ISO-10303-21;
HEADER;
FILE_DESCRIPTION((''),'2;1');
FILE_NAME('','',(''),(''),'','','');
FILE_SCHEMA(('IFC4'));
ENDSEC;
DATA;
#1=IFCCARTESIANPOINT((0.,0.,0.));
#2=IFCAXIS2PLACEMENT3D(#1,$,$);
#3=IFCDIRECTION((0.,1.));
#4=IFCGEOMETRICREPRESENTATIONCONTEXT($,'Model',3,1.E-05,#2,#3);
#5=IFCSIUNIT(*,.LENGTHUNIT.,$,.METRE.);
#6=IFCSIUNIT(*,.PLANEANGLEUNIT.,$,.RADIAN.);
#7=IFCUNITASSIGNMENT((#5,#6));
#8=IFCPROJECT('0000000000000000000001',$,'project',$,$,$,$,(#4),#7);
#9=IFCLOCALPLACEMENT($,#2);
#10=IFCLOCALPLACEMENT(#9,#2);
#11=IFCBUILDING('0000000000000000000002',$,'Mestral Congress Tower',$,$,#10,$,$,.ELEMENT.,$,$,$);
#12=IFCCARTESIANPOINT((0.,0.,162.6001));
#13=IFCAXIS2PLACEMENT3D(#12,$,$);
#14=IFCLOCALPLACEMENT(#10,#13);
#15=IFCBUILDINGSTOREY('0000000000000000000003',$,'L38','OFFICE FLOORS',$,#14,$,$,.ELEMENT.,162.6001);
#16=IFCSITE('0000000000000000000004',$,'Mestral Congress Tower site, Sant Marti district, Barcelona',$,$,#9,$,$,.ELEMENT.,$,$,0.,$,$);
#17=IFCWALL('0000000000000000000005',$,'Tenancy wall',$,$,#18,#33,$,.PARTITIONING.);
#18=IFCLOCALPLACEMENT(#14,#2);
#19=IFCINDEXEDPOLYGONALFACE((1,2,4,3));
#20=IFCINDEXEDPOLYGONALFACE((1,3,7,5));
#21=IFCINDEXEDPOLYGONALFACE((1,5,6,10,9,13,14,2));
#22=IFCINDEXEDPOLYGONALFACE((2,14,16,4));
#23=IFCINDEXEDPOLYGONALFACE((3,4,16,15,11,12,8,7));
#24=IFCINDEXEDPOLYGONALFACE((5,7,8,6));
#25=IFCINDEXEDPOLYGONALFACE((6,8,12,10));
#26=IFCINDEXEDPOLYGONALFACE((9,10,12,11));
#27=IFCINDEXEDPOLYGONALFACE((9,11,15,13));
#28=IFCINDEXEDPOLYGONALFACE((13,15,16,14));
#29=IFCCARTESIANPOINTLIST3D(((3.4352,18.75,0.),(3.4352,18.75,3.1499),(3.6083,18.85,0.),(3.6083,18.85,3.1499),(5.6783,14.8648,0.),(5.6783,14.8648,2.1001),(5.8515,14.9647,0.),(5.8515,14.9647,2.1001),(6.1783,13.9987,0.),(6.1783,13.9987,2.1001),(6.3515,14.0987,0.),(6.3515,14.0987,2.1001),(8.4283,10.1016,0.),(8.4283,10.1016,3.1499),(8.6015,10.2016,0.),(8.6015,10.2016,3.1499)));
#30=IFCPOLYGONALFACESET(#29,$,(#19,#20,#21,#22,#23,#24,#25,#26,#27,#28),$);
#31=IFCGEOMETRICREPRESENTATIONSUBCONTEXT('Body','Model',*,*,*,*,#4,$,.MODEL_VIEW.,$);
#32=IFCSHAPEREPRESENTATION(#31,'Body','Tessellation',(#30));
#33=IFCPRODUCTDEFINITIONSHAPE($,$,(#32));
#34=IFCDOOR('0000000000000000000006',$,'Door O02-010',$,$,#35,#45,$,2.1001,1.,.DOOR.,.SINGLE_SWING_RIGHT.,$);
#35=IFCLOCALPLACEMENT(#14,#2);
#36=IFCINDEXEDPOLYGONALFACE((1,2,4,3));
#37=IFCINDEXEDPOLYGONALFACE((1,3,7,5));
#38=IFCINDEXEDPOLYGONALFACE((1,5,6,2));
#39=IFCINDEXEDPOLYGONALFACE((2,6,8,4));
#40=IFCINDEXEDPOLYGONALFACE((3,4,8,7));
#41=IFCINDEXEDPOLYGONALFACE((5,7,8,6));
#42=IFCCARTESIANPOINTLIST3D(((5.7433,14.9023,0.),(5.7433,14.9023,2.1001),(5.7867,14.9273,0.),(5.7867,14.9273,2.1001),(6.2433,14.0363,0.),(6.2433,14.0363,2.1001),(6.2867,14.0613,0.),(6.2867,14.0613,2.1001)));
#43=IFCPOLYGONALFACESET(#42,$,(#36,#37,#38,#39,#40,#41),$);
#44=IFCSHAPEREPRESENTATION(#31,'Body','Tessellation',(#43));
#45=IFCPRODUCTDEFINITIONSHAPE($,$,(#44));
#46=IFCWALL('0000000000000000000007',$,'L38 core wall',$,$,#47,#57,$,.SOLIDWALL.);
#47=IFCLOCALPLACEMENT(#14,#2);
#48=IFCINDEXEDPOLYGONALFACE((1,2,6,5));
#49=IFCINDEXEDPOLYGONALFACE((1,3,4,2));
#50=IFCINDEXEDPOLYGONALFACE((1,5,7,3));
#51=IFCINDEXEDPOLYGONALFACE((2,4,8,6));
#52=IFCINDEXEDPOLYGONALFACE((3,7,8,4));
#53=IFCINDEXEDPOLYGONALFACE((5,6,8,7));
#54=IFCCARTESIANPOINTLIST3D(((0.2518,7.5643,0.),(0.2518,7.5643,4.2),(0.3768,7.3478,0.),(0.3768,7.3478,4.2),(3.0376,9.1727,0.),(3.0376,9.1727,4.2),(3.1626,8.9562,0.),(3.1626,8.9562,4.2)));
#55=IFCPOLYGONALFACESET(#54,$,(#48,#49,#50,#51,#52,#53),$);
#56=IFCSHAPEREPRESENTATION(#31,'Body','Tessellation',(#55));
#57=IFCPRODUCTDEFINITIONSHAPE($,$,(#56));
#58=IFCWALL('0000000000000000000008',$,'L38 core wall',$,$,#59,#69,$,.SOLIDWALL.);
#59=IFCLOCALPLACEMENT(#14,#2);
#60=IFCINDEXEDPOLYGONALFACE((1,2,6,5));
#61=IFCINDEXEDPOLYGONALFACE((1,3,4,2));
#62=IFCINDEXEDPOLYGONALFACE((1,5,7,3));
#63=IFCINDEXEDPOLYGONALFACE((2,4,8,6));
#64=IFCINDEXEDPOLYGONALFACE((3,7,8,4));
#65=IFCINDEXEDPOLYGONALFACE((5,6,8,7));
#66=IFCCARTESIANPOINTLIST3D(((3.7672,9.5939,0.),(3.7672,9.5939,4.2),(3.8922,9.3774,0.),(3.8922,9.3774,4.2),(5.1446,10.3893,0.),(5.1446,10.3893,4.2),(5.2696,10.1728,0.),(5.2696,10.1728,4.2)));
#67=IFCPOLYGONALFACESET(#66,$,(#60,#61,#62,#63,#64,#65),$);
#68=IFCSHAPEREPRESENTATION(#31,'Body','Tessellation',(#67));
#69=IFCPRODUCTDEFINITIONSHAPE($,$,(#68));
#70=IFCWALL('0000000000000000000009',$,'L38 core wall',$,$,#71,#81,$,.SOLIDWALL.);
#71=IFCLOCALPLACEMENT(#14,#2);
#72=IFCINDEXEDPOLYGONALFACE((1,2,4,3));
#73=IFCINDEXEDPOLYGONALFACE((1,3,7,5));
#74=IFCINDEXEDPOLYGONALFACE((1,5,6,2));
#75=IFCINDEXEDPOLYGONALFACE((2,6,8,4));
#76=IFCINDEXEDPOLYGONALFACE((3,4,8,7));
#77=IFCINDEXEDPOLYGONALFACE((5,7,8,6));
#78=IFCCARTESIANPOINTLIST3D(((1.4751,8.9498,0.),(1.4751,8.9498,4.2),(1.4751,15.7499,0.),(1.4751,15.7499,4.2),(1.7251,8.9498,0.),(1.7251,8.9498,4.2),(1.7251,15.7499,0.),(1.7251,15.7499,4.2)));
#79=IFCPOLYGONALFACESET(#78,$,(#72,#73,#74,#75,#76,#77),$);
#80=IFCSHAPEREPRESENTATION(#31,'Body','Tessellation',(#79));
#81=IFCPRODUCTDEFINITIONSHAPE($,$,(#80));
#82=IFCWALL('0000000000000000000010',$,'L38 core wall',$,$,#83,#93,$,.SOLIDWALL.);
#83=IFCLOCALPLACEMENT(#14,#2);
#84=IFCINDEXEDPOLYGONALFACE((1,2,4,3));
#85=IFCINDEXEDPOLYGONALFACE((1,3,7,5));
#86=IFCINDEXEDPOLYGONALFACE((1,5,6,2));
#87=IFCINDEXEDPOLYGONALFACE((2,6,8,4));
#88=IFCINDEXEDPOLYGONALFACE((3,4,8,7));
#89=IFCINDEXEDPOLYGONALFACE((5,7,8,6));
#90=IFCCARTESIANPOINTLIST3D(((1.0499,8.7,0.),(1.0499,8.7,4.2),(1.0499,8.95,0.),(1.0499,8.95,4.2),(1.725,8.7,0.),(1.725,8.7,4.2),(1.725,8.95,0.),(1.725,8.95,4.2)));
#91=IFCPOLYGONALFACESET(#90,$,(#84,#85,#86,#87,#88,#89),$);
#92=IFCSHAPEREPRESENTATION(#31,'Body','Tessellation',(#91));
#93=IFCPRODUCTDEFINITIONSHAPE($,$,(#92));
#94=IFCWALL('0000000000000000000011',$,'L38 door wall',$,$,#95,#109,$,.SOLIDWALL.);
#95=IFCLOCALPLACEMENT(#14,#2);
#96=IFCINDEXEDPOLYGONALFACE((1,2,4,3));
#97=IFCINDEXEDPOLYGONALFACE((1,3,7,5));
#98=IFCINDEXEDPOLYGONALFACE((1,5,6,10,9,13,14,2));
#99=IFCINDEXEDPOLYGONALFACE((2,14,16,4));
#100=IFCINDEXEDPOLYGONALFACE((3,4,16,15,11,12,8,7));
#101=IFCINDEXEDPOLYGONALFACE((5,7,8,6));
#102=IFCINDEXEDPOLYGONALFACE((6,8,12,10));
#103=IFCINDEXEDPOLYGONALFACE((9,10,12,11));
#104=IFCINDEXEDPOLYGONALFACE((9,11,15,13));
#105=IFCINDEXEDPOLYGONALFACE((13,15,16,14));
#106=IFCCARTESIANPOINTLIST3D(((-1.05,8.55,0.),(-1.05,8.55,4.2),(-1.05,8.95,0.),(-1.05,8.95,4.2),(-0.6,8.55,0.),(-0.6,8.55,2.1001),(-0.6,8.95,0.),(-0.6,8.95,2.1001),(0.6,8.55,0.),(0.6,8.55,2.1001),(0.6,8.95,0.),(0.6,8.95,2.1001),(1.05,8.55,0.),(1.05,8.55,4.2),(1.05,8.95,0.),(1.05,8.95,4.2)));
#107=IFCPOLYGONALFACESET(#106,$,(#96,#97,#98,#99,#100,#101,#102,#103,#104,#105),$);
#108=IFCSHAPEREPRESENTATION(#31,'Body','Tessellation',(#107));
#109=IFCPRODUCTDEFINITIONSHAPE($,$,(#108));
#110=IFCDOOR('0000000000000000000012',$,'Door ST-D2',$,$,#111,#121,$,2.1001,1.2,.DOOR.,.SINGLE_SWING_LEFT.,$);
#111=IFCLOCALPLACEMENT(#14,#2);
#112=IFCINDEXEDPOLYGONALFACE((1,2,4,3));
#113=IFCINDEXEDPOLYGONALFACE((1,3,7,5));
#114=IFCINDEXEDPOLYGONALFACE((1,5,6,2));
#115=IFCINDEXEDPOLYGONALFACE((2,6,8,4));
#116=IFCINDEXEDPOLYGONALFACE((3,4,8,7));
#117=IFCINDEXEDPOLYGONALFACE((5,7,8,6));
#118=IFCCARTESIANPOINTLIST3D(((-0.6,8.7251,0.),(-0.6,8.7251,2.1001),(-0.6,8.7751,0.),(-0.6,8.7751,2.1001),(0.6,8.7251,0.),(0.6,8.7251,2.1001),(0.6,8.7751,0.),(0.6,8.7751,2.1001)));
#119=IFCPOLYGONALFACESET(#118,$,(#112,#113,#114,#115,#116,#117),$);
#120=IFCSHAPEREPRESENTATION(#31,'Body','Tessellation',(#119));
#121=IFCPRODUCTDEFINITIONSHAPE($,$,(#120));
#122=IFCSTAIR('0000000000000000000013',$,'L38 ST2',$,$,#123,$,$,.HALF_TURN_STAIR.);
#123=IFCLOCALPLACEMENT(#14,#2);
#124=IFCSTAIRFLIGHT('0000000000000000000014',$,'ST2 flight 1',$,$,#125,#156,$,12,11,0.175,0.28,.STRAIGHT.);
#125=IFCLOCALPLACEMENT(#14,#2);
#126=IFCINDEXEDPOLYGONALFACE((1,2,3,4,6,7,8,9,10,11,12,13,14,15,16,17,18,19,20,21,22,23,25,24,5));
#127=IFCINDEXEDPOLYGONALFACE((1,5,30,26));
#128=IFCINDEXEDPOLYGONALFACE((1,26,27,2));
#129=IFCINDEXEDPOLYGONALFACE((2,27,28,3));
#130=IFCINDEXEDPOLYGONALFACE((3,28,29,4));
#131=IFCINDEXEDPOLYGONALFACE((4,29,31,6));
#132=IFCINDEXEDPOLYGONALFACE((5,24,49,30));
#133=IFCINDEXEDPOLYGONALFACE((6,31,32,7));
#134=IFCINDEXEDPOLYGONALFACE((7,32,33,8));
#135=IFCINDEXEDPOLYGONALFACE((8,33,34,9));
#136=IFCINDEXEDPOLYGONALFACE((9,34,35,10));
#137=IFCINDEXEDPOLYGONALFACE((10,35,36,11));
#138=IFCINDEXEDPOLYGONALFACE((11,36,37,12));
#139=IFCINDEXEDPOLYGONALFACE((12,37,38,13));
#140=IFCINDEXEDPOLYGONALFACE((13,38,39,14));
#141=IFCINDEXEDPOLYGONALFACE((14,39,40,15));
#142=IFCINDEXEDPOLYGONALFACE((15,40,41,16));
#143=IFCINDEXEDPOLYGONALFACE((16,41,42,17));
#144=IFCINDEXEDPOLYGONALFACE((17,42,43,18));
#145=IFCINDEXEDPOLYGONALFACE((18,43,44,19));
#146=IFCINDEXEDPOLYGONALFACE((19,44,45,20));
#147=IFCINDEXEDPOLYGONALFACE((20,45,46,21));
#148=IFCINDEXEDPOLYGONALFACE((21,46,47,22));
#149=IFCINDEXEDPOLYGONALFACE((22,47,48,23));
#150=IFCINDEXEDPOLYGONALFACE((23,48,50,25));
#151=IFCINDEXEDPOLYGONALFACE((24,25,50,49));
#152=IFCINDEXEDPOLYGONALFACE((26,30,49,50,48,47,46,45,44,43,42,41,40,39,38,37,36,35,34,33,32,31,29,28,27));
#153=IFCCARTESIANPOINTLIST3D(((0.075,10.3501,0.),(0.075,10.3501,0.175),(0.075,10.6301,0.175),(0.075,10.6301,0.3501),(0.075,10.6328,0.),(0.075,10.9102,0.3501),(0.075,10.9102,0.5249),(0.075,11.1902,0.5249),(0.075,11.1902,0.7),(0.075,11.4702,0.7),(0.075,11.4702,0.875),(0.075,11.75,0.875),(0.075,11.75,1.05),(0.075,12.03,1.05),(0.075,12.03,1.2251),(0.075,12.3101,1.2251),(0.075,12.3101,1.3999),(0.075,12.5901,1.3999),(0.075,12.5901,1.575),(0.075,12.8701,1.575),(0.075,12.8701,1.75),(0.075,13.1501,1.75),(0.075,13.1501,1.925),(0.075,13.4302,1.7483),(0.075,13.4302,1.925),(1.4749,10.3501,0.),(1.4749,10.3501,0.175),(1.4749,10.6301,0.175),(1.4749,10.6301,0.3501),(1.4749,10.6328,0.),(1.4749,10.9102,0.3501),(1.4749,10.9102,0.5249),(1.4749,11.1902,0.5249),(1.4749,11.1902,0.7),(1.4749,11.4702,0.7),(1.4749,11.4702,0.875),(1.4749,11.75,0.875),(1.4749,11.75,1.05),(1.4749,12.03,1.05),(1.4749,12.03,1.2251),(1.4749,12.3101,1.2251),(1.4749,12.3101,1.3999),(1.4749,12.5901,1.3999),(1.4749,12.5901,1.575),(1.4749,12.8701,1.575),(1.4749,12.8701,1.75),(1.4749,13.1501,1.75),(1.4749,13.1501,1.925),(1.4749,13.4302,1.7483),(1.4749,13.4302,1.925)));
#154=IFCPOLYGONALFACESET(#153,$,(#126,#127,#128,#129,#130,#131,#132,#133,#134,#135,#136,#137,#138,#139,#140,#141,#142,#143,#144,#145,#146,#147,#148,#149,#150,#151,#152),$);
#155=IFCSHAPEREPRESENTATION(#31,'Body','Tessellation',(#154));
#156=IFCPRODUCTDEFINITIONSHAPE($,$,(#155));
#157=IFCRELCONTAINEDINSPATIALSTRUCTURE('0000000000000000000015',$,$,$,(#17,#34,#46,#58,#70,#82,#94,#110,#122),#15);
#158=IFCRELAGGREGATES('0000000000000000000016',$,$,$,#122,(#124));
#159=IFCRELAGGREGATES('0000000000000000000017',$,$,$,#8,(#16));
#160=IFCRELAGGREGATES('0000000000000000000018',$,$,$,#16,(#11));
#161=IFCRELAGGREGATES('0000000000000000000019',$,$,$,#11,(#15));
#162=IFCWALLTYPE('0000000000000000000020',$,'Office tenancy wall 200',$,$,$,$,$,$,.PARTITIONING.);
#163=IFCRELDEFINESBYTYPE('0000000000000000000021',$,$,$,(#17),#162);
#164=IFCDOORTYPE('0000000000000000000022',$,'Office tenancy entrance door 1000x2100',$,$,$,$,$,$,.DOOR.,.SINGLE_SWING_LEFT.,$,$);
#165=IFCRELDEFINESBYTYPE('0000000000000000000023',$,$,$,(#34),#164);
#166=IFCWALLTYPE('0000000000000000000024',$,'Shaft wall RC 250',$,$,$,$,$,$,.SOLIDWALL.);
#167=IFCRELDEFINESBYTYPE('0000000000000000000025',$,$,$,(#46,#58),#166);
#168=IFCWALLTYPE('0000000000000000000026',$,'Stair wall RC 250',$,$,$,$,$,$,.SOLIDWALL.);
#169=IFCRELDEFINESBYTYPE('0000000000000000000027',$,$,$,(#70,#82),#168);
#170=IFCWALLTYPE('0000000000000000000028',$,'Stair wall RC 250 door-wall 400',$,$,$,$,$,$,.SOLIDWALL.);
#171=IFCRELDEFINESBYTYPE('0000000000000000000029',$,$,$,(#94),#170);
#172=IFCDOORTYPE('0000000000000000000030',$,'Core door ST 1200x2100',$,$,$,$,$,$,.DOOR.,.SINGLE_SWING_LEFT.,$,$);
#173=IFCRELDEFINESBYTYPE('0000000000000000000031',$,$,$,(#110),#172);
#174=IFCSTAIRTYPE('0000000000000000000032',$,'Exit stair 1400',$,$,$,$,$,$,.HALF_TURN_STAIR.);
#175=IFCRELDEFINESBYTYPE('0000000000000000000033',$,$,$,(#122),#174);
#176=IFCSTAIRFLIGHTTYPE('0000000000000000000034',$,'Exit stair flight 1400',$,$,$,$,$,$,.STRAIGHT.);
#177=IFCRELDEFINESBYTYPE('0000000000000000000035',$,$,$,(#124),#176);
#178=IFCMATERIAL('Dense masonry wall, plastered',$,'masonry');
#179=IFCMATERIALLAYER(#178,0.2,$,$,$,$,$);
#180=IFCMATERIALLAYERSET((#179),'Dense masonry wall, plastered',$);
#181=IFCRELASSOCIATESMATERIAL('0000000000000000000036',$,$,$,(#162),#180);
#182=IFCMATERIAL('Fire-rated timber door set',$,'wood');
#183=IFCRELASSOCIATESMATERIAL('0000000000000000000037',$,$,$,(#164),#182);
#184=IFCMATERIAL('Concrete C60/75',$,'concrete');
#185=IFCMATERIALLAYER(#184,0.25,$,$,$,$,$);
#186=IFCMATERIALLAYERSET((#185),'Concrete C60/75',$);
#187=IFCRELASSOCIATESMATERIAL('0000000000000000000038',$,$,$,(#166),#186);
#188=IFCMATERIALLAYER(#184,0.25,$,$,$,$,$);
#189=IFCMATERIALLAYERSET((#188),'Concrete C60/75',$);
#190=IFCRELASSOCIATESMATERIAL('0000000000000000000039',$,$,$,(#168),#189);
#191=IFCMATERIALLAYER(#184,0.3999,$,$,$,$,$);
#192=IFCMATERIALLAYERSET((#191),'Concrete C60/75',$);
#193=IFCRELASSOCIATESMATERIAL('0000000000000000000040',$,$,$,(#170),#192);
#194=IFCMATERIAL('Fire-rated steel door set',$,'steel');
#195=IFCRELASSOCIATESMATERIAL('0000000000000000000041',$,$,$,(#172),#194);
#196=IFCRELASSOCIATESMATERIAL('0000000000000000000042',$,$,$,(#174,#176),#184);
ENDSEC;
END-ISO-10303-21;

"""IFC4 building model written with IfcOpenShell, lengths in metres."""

from ifc_helpers import new_model, si_unit, direction, frame, frame_2d, origin, place, context, subcontext, project, spatial, polyline, rectangle, outline, extrude, material, layer, layer_set, type_object, element, fill, aggregate, save


model = new_model("IFC4")

# Units and contexts
model_context = context("Model", 3, precision=1e-05, world=origin(), true_north=direction((0.0, 1.0)))
body_context = subcontext(model_context, "Body", "Model", "MODEL_VIEW")
ifc_project = project(units=[si_unit("LENGTHUNIT", "METRE"), si_unit("PLANEANGLEUNIT", "RADIAN")], contexts=[model_context])

# Site, building, storey
site_placement = place(None, origin())
site = spatial("IfcSite", under=ifc_project, at=site_placement, Name="Mestral Congress Tower site, Sant Marti district, Barcelona", CompositionType="ELEMENT", RefElevation=0.0)
building_placement = place(site_placement, origin())
building = spatial("IfcBuilding", under=site, at=building_placement, Name="Mestral Congress Tower", CompositionType="ELEMENT")
storey_placement = place(building_placement, frame((0.0, 0.0, 162.6001)))
storey = spatial("IfcBuildingStorey", under=building, at=storey_placement, Name="L38", Description="OFFICE FLOORS", CompositionType="ELEMENT", Elevation=162.6001)

# Shared definitions
ifc_material_1 = material(Name="Concrete C60/75", Category="concrete")

# Shared definitions
ifc_material_2 = material(Name="Fire-rated steel door set", Category="steel")

# Wall, opening, door
ifc_material_3 = material(Name="Dense masonry wall, plastered", Category="masonry")
ifc_layer_1 = layer(ifc_material_3, 0.2)
ifc_layer_set_1 = layer_set([ifc_layer_1], Name="Dense masonry wall, plastered")
wall_type_1 = type_object("IfcWallType", Name="Office tenancy wall 200", PredefinedType="PARTITIONING", material=ifc_layer_set_1)
wall_1_placement = place(storey_placement, frame((8.5149, 10.1516, 0.0), z_axis=(0.0, 0.0, 1.0), x_axis=(-0.499999, 0.866026, 0.0)))
wall_1 = element("IfcWall", 1, at=wall_1_placement, inside=storey, type_object=wall_type_1, Name="Tenancy wall", PredefinedType="PARTITIONING", context=body_context, shape_type="SweptSolid", body=[
    extrude(rectangle(XDim=9.9863, YDim=0.2, at=frame_2d((4.9932, 0.0))), origin(), (0.0, 0.0, 1.0), 3.1499),
])
opening_1_placement = place(wall_1_placement, frame((4.5, 0.0, 0.0)))
opening_1 = element("IfcOpeningElement", 2, at=opening_1_placement, cuts=wall_1, PredefinedType="OPENING", context=body_context, shape_type="SweptSolid", body=[
    extrude(rectangle(XDim=1.0, YDim=2.1001, at=frame_2d((0.5, 1.05))), frame((0.0, 0.1099, 0.0), z_axis=(0.0, -1.0, 0.0), x_axis=(1.0, 0.0, 0.0)), (0.0, 0.0, 1.0), 0.22),
])
ifc_material_4 = material(Name="Fire-rated timber door set", Category="wood")
door_type_1 = type_object("IfcDoorType", Name="Office tenancy entrance door 1000x2100", OperationType="SINGLE_SWING_LEFT", PredefinedType="DOOR", material=ifc_material_4)
door_1_placement = place(opening_1_placement, origin())
door_1 = element("IfcDoor", 3, at=door_1_placement, inside=storey, type_object=door_type_1, Name="Door O02-010", OperationType="SINGLE_SWING_RIGHT", OverallHeight=2.1001, OverallWidth=1.0, PredefinedType="DOOR", context=body_context, shape_type="SweptSolid", body=[
    extrude(rectangle(XDim=1.0, YDim=2.1001, at=frame_2d((0.5, 1.05))), frame((0.0, 0.0249, 0.0), z_axis=(0.0, -1.0, 0.0), x_axis=(1.0, 0.0, 0.0)), (0.0, 0.0, 1.0), 0.05),
])
fill(opening_1, door_1)

# Walls
ifc_layer_2 = layer(ifc_material_1, 0.25)
ifc_layer_set_2 = layer_set([ifc_layer_2], Name="Concrete C60/75")
wall_type_2 = type_object("IfcWallType", Name="Shaft wall RC 250", PredefinedType="SOLIDWALL", material=ifc_layer_set_2)
wall_2_placement = place(storey_placement, frame((3.1001, 9.0645, 0.0), z_axis=(0.0, 0.0, 1.0), x_axis=(-0.86603, -0.499992, 0.0)))
element("IfcWall", 4, at=wall_2_placement, inside=storey, type_object=wall_type_2, Name="L38 core wall", PredefinedType="SOLIDWALL", context=body_context, shape_type="SweptSolid", body=[
    extrude(rectangle(XDim=3.2168, YDim=0.25, at=frame_2d((1.6084, 0.0))), origin(), (0.0, 0.0, 1.0), 4.2),
])
wall_3_placement = place(storey_placement, frame((3.8296, 9.4856, 0.0), z_axis=(0.0, 0.0, 1.0), x_axis=(0.865986, 0.500068, 0.0)))
element("IfcWall", 5, at=wall_3_placement, inside=storey, type_object=wall_type_2, Name="L38 core wall", PredefinedType="SOLIDWALL", context=body_context, shape_type="SweptSolid", body=[
    extrude(rectangle(XDim=1.5906, YDim=0.25, at=frame_2d((0.7954, 0.0))), origin(), (0.0, 0.0, 1.0), 4.2),
])
ifc_layer_3 = layer(ifc_material_1, 0.25)
ifc_layer_set_3 = layer_set([ifc_layer_3], Name="Concrete C60/75")
wall_type_3 = type_object("IfcWallType", Name="Stair wall RC 250", PredefinedType="SOLIDWALL", material=ifc_layer_set_3)
wall_4_placement = place(storey_placement, frame((1.6001, 8.95, 0.0), z_axis=(0.0, 0.0, 1.0), x_axis=(0.0, 1.0, 0.0)))
element("IfcWall", 6, at=wall_4_placement, inside=storey, type_object=wall_type_3, Name="L38 core wall", PredefinedType="SOLIDWALL", context=body_context, shape_type="SweptSolid", body=[
    extrude(rectangle(XDim=6.8, YDim=0.25, at=frame_2d((3.3999, 0.0))), origin(), (0.0, 0.0, 1.0), 4.2),
])
wall_5_placement = place(storey_placement, frame((1.05, 8.825, 0.0), z_axis=(0.0, 0.0, 1.0), x_axis=(1.0, 0.0, 0.0)))
element("IfcWall", 7, at=wall_5_placement, inside=storey, type_object=wall_type_3, Name="L38 core wall", PredefinedType="SOLIDWALL", context=body_context, shape_type="SweptSolid", body=[
    extrude(rectangle(XDim=0.675, YDim=0.25, at=frame_2d((0.3374, 0.0))), origin(), (0.0, 0.0, 1.0), 4.2),
])

# Wall, opening, door
ifc_layer_4 = layer(ifc_material_1, 0.3999)
ifc_layer_set_4 = layer_set([ifc_layer_4], Name="Concrete C60/75")
wall_type_4 = type_object("IfcWallType", Name="Stair wall RC 250 door-wall 400", PredefinedType="SOLIDWALL", material=ifc_layer_set_4)
wall_6_placement = place(storey_placement, frame((1.05, 8.75, 0.0), z_axis=(0.0, 0.0, 1.0), x_axis=(-1.0, 0.0, 0.0)))
wall_6 = element("IfcWall", 8, at=wall_6_placement, inside=storey, type_object=wall_type_4, Name="L38 door wall", PredefinedType="SOLIDWALL", context=body_context, shape_type="SweptSolid", body=[
    extrude(rectangle(XDim=2.1001, YDim=0.3999, at=frame_2d((1.05, 0.0))), origin(), (0.0, 0.0, 1.0), 4.2),
])
opening_2_placement = place(wall_6_placement, frame((0.45, 0.0, 0.0)))
opening_2 = element("IfcOpeningElement", 9, at=opening_2_placement, cuts=wall_6, PredefinedType="OPENING", context=body_context, shape_type="SweptSolid", body=[
    extrude(rectangle(XDim=1.2, YDim=2.1001, at=frame_2d((0.6001, 1.05))), frame((0.0, 0.21, 0.0), z_axis=(0.0, -1.0, 0.0), x_axis=(1.0, 0.0, 0.0)), (0.0, 0.0, 1.0), 0.4199),
])
door_type_2 = type_object("IfcDoorType", Name="Core door ST 1200x2100", OperationType="SINGLE_SWING_LEFT", PredefinedType="DOOR", material=ifc_material_2)
door_2_placement = place(opening_2_placement, origin())
door_2 = element("IfcDoor", 10, at=door_2_placement, inside=storey, type_object=door_type_2, Name="Door ST-D2", OperationType="SINGLE_SWING_LEFT", OverallHeight=2.1001, OverallWidth=1.2, PredefinedType="DOOR", context=body_context, shape_type="SweptSolid", body=[
    extrude(rectangle(XDim=1.2, YDim=2.1001, at=frame_2d((0.6001, 1.05))), frame((0.0, 0.0249, 0.0), z_axis=(0.0, -1.0, 0.0), x_axis=(1.0, 0.0, 0.0)), (0.0, 0.0, 1.0), 0.05),
])
fill(opening_2, door_2)

# Stair, stair flight
stair_type = type_object("IfcStairType", Name="Exit stair 1400", PredefinedType="HALF_TURN_STAIR", material=ifc_material_1)
stair_placement = place(storey_placement, origin())
stair = element("IfcStair", 11, at=stair_placement, inside=storey, type_object=stair_type, Name="L38 ST2", PredefinedType="HALF_TURN_STAIR")
stair_flight_type = type_object("IfcStairFlightType", Name="Exit stair flight 1400", PredefinedType="STRAIGHT", material=ifc_material_1)
stair_flight_placement = place(storey_placement, frame((0.7749, 10.3501, 0.0), z_axis=(0.0, 0.0, 1.0), x_axis=(0.0, 1.0, 0.0)))
stair_flight = element("IfcStairFlight", 12, at=stair_flight_placement, type_object=stair_flight_type, Name="ST2 flight 1", NumberOfRisers=12, NumberOfTreads=11, PredefinedType="STRAIGHT", RiserHeight=0.175, TreadLength=0.28, context=body_context, shape_type="SweptSolid", body=[
    extrude(outline(polyline([(0.0, 0.0), (0.0, 0.175), (0.28, 0.175), (0.28, 0.3501), (0.5601, 0.3501), (0.5601, 0.5249), (0.8401, 0.5249), (0.8401, 0.7), (1.1201, 0.7), (1.1201, 0.875), (1.3999, 0.875), (1.3999, 1.05), (1.6799, 1.05), (1.6799, 1.2251), (1.96, 1.2251), (1.96, 1.3999), (2.24, 1.3999), (2.24, 1.575), (2.52, 1.575), (2.52, 1.75), (2.8, 1.75), (2.8, 1.925), (3.0801, 1.925), (3.0801, 2.1001), (3.0801, 1.7483), (0.2827, 0.0), (0.0, 0.0)])), frame((0.0, 0.7, 0.0), z_axis=(0.0, -1.0, 0.0), x_axis=(1.0, 0.0, 0.0)), (0.0, 0.0, 1.0), 1.3999),
])
aggregate(stair, [stair_flight])

save(model, "model.ifc")
